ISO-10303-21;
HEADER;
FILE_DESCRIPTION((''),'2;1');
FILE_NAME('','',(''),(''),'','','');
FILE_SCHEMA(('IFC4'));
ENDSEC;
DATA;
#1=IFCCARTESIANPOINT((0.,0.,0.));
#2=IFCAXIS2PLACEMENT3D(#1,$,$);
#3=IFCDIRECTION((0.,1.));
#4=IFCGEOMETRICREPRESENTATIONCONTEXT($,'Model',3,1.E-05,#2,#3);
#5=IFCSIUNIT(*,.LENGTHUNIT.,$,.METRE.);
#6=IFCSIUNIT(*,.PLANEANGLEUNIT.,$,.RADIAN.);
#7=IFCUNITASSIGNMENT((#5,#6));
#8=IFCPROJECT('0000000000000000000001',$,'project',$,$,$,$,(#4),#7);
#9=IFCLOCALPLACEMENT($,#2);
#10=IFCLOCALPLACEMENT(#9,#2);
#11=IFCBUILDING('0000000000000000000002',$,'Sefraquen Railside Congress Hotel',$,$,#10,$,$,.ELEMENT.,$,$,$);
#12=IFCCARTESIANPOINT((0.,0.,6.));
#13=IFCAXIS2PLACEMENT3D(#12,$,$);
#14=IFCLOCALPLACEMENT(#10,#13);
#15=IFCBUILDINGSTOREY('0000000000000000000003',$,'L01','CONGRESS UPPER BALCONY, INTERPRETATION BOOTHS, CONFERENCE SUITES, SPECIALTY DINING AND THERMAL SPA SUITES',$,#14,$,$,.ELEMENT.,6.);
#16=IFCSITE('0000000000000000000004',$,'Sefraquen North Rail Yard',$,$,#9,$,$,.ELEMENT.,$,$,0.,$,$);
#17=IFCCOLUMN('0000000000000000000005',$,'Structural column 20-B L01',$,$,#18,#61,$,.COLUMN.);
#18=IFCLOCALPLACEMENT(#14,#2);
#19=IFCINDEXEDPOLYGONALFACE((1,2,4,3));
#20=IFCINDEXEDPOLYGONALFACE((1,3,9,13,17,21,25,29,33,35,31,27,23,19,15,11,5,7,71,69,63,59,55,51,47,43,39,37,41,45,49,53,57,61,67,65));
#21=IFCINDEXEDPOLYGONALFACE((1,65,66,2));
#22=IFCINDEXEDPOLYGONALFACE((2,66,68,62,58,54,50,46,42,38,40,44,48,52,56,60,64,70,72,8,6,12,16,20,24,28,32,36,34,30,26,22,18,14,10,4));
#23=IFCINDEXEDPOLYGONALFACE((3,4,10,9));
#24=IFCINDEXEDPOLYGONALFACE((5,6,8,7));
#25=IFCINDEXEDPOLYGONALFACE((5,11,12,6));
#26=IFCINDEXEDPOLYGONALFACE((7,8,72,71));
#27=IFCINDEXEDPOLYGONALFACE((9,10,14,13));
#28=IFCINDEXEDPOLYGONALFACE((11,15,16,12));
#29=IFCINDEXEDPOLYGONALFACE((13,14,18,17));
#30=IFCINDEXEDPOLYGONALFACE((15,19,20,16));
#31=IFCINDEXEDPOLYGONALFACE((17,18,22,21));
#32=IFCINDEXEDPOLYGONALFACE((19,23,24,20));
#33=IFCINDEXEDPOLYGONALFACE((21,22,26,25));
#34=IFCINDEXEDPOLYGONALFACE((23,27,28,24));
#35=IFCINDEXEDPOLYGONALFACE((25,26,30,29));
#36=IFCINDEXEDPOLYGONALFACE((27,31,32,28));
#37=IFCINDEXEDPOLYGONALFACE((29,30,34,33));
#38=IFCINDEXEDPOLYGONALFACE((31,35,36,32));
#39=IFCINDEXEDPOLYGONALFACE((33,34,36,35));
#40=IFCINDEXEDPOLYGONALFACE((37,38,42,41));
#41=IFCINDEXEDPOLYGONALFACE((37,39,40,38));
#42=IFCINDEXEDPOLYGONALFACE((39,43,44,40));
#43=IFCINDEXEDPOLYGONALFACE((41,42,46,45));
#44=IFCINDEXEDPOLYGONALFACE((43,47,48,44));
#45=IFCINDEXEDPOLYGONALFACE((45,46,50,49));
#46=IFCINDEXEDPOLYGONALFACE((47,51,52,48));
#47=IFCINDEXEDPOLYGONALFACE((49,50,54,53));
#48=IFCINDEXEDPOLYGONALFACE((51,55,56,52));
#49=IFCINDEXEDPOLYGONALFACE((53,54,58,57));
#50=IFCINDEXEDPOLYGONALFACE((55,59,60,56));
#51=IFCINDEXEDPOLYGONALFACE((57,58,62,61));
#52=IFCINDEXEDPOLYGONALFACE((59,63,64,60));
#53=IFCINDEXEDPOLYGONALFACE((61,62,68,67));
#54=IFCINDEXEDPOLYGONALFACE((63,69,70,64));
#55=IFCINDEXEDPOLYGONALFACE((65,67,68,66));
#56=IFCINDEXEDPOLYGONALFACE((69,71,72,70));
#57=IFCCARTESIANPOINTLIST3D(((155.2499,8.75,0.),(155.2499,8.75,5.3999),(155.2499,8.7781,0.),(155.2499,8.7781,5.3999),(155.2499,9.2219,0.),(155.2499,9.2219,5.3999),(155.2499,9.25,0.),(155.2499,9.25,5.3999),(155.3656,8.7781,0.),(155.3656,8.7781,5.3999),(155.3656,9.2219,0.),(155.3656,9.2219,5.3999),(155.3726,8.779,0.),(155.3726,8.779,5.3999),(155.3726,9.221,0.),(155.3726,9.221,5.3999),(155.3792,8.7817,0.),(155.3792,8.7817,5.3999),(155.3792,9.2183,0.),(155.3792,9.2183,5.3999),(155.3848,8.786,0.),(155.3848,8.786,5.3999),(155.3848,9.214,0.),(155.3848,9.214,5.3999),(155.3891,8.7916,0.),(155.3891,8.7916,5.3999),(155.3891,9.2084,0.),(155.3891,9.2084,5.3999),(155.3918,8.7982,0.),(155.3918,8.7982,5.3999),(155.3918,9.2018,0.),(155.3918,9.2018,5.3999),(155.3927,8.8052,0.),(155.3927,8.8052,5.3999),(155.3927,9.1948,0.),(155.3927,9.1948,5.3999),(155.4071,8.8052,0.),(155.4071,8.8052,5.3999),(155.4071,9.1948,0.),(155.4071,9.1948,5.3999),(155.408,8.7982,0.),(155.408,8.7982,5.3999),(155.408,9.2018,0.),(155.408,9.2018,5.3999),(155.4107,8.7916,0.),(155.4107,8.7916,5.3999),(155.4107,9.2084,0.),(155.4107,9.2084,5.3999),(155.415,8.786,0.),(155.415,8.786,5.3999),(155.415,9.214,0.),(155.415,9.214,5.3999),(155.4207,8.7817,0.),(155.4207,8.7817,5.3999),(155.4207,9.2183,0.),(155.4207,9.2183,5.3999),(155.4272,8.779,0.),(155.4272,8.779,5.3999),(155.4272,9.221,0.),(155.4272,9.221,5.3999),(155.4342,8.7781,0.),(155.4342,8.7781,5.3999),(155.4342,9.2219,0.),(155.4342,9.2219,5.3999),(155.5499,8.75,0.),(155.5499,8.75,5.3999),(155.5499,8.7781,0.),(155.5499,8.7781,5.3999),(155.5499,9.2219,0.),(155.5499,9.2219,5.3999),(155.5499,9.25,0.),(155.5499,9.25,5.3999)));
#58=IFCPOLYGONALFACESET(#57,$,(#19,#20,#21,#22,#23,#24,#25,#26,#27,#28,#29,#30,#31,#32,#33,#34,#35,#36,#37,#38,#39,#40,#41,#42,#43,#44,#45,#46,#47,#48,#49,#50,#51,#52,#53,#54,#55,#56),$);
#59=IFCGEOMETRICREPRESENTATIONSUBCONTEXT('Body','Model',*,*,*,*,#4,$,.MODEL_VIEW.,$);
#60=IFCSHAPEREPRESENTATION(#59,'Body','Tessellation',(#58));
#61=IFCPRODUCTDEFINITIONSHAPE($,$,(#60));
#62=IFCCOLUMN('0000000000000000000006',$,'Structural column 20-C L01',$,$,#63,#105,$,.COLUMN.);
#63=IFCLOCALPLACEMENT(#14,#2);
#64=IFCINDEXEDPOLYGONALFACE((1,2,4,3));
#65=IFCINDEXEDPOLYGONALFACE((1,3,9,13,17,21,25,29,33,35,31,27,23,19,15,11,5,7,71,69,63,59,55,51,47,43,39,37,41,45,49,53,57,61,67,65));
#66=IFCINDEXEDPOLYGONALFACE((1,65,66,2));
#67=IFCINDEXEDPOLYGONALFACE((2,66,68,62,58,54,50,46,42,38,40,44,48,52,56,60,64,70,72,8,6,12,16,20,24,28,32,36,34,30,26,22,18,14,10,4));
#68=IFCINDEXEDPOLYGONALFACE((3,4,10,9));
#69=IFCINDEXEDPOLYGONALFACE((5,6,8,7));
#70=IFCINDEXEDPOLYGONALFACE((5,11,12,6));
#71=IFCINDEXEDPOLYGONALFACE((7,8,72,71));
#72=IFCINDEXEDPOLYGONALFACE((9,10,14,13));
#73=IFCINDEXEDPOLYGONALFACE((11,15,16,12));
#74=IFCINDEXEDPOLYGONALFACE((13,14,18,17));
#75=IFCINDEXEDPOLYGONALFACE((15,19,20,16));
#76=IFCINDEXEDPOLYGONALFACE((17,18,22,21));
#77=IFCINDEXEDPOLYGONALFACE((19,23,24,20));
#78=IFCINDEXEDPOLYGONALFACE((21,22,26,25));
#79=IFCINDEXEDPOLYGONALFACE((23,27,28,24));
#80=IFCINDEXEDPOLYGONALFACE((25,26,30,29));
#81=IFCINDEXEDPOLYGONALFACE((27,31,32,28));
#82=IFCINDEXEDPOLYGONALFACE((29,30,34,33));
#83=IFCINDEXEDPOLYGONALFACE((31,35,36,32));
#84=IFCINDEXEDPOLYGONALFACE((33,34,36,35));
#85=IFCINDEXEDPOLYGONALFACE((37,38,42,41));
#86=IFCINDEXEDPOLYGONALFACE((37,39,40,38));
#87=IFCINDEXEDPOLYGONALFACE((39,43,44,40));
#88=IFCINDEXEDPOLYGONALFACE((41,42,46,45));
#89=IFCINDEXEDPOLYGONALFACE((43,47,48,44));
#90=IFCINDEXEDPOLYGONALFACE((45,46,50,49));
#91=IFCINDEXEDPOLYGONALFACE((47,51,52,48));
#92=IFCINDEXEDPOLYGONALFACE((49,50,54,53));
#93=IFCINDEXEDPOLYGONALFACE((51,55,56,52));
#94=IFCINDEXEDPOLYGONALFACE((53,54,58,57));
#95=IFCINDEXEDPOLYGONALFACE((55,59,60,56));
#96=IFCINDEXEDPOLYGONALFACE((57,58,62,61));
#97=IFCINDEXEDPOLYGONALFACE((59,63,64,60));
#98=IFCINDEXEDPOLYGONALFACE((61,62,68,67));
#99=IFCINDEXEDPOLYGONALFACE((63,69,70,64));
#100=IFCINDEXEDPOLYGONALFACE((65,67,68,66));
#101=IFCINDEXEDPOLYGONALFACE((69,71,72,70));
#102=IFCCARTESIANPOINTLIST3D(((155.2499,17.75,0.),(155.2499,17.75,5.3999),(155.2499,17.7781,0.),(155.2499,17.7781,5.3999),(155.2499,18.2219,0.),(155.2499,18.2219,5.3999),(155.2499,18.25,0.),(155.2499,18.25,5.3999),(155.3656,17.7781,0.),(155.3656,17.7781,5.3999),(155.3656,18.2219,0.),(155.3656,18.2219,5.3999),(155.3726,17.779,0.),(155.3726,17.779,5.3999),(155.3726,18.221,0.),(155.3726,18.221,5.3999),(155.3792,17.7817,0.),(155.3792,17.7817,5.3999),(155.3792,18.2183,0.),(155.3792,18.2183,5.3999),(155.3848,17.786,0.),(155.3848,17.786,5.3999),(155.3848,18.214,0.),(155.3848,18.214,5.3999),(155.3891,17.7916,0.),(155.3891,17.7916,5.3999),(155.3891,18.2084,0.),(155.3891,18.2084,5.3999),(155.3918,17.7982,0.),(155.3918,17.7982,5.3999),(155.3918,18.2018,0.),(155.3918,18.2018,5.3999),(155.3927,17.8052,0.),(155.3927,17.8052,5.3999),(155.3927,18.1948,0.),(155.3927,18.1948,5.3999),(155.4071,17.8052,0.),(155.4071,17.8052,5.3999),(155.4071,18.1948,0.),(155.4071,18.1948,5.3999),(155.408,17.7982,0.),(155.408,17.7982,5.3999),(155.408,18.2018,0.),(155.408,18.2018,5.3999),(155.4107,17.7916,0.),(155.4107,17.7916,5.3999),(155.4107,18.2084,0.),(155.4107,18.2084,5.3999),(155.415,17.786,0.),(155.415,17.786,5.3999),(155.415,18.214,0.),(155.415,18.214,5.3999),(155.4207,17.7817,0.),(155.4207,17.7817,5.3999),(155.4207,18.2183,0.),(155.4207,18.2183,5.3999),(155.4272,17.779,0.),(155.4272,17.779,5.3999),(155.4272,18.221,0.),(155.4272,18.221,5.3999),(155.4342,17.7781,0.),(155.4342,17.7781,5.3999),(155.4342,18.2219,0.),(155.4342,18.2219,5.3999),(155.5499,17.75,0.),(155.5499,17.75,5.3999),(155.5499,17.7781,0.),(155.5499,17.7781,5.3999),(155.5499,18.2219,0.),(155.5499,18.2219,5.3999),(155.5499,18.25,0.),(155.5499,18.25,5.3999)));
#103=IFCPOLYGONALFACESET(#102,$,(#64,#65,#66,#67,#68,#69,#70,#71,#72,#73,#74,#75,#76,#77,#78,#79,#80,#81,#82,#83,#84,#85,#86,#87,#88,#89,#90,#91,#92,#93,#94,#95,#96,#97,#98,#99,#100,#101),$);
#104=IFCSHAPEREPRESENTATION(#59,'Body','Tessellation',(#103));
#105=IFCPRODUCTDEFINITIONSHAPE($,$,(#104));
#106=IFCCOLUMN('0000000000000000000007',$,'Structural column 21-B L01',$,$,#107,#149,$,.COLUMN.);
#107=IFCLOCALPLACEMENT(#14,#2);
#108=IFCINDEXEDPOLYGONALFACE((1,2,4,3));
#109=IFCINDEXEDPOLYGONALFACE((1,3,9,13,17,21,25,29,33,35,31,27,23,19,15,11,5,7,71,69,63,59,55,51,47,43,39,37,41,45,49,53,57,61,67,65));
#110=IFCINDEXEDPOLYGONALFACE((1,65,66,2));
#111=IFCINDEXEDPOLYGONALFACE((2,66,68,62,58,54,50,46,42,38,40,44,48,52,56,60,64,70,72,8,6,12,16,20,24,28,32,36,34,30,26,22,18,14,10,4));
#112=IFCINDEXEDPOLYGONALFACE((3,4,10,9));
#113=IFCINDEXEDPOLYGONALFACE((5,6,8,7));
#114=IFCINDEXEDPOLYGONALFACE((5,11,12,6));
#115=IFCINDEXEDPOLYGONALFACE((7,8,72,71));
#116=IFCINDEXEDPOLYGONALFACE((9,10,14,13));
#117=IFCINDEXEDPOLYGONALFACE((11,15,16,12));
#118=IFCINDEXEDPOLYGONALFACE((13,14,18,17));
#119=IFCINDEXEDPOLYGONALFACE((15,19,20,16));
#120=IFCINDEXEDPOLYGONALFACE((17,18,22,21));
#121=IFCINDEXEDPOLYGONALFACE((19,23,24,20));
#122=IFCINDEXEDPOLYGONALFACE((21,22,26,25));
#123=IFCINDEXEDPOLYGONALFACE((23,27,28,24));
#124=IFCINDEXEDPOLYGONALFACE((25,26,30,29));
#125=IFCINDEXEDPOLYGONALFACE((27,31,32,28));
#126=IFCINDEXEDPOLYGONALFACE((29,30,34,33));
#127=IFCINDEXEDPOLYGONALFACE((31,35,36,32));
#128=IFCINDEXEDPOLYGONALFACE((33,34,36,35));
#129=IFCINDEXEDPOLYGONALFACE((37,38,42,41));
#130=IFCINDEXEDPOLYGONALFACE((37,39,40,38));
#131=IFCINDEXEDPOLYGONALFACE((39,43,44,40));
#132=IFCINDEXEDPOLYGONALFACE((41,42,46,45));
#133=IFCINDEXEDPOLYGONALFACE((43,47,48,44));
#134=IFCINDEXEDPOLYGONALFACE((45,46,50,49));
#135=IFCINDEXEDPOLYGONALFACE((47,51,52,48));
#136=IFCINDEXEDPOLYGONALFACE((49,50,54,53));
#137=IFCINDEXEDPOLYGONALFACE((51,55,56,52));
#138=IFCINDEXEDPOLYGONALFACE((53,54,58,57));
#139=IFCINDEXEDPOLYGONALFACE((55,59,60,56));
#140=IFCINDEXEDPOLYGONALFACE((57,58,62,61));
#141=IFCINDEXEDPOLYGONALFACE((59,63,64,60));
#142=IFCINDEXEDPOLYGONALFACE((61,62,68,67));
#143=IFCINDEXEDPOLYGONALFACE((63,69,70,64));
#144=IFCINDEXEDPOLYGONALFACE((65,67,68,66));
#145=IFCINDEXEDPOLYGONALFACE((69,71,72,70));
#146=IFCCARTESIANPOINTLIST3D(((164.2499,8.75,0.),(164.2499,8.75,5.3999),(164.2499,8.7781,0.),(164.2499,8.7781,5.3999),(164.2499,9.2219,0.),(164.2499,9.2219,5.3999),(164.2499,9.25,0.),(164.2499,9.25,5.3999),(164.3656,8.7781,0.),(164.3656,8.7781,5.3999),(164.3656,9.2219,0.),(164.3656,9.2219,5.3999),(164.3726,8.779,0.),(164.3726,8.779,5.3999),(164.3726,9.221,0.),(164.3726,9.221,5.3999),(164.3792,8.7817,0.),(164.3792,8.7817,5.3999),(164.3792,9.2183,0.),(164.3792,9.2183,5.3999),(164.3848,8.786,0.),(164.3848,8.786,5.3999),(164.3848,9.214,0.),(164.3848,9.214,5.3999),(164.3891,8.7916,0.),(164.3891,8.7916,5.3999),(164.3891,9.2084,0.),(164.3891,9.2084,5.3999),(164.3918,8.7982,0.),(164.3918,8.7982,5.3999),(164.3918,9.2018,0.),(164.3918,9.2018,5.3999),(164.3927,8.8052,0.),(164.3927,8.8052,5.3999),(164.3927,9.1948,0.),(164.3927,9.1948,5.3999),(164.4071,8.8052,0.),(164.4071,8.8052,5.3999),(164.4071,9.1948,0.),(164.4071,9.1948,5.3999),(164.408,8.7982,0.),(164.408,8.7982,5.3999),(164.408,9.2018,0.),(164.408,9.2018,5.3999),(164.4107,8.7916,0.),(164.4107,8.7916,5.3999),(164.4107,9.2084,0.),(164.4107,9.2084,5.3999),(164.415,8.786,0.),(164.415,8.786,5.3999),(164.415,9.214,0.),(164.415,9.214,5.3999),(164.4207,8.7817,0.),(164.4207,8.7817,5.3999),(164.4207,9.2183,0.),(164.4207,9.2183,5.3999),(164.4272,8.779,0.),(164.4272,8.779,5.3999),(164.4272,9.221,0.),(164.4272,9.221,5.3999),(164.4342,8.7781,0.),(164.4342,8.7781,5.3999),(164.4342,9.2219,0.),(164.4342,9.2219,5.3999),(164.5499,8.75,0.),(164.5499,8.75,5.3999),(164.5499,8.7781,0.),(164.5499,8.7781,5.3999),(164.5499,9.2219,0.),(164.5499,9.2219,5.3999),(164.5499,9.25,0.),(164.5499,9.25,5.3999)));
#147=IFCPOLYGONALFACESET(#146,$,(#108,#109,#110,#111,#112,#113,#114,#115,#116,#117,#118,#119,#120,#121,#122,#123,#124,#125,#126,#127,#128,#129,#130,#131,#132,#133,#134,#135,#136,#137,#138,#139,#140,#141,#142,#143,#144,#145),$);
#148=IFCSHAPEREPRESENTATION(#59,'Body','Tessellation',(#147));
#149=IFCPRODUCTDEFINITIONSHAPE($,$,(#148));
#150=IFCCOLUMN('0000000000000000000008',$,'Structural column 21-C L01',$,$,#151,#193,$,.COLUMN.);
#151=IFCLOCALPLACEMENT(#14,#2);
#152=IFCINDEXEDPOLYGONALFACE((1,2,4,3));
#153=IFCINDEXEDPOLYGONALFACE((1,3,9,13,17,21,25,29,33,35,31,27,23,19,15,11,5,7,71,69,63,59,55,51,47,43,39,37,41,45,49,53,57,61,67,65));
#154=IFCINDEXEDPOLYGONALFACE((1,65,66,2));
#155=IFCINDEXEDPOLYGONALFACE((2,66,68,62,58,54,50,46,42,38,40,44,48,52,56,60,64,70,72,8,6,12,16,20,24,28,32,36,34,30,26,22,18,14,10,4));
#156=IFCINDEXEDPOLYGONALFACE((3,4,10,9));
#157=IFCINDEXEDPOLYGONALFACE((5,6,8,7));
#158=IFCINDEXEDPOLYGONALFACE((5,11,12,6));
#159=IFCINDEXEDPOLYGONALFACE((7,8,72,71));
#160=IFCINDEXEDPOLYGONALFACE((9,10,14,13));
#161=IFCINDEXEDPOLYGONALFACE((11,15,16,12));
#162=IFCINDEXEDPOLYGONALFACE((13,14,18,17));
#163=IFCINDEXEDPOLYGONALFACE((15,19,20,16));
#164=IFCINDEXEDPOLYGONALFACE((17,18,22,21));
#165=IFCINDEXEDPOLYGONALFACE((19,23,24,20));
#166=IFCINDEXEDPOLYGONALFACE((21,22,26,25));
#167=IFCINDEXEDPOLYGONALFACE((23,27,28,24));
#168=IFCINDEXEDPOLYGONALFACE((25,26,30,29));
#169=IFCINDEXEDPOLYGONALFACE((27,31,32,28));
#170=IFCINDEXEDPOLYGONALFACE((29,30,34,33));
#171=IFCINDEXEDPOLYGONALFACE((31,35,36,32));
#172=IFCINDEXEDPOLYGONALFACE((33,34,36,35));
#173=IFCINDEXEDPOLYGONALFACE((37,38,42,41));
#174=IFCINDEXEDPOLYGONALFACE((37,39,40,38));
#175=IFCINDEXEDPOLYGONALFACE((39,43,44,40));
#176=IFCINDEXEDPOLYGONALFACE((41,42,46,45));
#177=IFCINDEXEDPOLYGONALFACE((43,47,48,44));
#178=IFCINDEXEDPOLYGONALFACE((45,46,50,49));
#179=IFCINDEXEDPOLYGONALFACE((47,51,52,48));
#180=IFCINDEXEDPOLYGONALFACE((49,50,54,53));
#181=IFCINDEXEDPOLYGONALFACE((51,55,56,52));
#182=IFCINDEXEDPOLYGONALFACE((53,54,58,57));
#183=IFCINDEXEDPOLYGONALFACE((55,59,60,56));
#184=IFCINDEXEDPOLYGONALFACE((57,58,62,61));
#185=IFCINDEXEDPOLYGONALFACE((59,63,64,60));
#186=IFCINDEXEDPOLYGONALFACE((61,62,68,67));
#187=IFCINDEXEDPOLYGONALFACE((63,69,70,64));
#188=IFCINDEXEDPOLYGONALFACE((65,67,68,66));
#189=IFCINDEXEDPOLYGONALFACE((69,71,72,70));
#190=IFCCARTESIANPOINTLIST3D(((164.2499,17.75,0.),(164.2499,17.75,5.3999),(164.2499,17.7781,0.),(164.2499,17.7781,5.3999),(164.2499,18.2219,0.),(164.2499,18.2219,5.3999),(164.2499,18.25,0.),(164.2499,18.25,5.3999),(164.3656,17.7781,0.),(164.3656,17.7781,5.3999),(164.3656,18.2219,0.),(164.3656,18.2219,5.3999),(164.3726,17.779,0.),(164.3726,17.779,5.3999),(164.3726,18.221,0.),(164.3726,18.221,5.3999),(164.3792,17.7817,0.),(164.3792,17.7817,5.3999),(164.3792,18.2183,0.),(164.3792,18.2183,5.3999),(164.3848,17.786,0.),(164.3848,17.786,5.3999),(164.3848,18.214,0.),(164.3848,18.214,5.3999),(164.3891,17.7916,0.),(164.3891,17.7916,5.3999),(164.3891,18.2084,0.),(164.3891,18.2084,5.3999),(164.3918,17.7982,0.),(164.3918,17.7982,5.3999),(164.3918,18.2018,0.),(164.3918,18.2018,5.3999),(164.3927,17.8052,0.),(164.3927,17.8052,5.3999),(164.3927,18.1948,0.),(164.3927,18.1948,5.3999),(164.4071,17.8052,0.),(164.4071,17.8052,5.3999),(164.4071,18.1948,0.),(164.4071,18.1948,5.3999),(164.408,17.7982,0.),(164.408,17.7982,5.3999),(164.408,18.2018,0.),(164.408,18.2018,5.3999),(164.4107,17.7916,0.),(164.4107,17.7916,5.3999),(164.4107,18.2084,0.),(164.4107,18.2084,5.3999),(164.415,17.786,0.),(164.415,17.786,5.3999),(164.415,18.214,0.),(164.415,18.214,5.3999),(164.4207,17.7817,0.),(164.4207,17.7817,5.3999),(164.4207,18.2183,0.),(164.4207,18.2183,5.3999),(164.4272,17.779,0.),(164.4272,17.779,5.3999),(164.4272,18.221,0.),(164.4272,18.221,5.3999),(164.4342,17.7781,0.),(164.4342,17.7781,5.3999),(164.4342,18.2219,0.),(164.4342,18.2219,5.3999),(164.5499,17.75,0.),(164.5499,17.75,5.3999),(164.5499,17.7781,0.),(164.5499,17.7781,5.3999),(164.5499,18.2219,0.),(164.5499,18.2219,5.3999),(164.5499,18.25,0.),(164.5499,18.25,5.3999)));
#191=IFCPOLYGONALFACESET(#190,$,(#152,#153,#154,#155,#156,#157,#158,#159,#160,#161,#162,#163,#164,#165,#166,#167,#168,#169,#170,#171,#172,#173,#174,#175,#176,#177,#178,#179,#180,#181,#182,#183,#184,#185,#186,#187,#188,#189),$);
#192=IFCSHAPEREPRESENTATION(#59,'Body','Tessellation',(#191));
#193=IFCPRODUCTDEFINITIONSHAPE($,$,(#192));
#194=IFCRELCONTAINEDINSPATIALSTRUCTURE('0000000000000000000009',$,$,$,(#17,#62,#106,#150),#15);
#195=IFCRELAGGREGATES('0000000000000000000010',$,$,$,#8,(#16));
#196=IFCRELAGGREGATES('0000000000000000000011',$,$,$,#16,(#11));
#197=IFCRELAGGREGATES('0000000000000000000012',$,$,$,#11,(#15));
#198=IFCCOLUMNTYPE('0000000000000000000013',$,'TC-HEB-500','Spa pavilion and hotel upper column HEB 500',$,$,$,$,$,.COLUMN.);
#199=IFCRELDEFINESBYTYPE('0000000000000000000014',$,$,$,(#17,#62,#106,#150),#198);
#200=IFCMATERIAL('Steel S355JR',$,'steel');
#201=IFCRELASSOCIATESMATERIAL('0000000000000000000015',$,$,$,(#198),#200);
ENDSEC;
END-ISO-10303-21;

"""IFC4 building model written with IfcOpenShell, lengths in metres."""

from ifc_helpers import new_model, si_unit, direction, frame, origin, origin_2d, place, context, subcontext, project, spatial, i_section, extrude, material, material_profile, profile_set, type_object, element, save


model = new_model("IFC4")

# Units and contexts
model_context = context("Model", 3, precision=1e-05, world=origin(), true_north=direction((0.0, 1.0)))
body_context = subcontext(model_context, "Body", "Model", "MODEL_VIEW")
ifc_project = project(units=[si_unit("LENGTHUNIT", "METRE"), si_unit("PLANEANGLEUNIT", "RADIAN")], contexts=[model_context])

# Site, building, storey
site_placement = place(None, origin())
site = spatial("IfcSite", under=ifc_project, at=site_placement, Name="Sefraquen North Rail Yard", CompositionType="ELEMENT", RefElevation=0.0)
building_placement = place(site_placement, origin())
building = spatial("IfcBuilding", under=site, at=building_placement, Name="Sefraquen Railside Congress Hotel", CompositionType="ELEMENT")
storey_placement = place(building_placement, frame((0.0, 0.0, 6.0)))
storey = spatial("IfcBuildingStorey", under=building, at=storey_placement, Name="L01", Description="CONGRESS UPPER BALCONY, INTERPRETATION BOOTHS, CONFERENCE SUITES, SPECIALTY DINING AND THERMAL SPA SUITES", CompositionType="ELEMENT", Elevation=6.0)

# Columns
ifc_material_1 = material(Name="Steel S355JR", Category="steel")
ifc_material_profile_1 = material_profile(ifc_material_1, i_section(OverallWidth=0.3, OverallDepth=0.5, WebThickness=0.0144, FlangeThickness=0.0281, FilletRadius=0.0271, at=origin_2d()), Name="HEB 500")
ifc_profile_set_1 = profile_set([ifc_material_profile_1], Name="Steel S355JR")
column_type = type_object("IfcColumnType", Name="TC-HEB-500", Description="Spa pavilion and hotel upper column HEB 500", PredefinedType="COLUMN", material=ifc_profile_set_1)
for number, where, z_axis, x_axis, name in (
    (1, (155.3999, 9.0, 0.0), (0.0, 0.0, 1.0), (1.0, 0.0, 0.0), "Structural column 20-B L01"),
    (2, (155.3999, 18.0, 0.0), (0.0, 0.0, 1.0), (1.0, 0.0, 0.0), "Structural column 20-C L01"),
    (3, (164.3999, 9.0, 0.0), (0.0, 0.0, 1.0), (1.0, 0.0, 0.0), "Structural column 21-B L01"),
    (4, (164.3999, 18.0, 0.0), (0.0, 0.0, 1.0), (1.0, 0.0, 0.0), "Structural column 21-C L01"),
):
    element("IfcColumn", number, at=place(storey_placement, frame(where, z_axis=z_axis, x_axis=x_axis)), inside=storey, type_object=column_type, Name=name, PredefinedType="COLUMN", context=body_context, shape_type="SweptSolid", body=[
        extrude(i_section(OverallWidth=0.3, OverallDepth=0.5, WebThickness=0.0144, FlangeThickness=0.0281, FilletRadius=0.0271, at=origin_2d()), origin(), (0.0, 0.0, 1.0), 5.3999),
    ])

save(model, "model.ifc")
